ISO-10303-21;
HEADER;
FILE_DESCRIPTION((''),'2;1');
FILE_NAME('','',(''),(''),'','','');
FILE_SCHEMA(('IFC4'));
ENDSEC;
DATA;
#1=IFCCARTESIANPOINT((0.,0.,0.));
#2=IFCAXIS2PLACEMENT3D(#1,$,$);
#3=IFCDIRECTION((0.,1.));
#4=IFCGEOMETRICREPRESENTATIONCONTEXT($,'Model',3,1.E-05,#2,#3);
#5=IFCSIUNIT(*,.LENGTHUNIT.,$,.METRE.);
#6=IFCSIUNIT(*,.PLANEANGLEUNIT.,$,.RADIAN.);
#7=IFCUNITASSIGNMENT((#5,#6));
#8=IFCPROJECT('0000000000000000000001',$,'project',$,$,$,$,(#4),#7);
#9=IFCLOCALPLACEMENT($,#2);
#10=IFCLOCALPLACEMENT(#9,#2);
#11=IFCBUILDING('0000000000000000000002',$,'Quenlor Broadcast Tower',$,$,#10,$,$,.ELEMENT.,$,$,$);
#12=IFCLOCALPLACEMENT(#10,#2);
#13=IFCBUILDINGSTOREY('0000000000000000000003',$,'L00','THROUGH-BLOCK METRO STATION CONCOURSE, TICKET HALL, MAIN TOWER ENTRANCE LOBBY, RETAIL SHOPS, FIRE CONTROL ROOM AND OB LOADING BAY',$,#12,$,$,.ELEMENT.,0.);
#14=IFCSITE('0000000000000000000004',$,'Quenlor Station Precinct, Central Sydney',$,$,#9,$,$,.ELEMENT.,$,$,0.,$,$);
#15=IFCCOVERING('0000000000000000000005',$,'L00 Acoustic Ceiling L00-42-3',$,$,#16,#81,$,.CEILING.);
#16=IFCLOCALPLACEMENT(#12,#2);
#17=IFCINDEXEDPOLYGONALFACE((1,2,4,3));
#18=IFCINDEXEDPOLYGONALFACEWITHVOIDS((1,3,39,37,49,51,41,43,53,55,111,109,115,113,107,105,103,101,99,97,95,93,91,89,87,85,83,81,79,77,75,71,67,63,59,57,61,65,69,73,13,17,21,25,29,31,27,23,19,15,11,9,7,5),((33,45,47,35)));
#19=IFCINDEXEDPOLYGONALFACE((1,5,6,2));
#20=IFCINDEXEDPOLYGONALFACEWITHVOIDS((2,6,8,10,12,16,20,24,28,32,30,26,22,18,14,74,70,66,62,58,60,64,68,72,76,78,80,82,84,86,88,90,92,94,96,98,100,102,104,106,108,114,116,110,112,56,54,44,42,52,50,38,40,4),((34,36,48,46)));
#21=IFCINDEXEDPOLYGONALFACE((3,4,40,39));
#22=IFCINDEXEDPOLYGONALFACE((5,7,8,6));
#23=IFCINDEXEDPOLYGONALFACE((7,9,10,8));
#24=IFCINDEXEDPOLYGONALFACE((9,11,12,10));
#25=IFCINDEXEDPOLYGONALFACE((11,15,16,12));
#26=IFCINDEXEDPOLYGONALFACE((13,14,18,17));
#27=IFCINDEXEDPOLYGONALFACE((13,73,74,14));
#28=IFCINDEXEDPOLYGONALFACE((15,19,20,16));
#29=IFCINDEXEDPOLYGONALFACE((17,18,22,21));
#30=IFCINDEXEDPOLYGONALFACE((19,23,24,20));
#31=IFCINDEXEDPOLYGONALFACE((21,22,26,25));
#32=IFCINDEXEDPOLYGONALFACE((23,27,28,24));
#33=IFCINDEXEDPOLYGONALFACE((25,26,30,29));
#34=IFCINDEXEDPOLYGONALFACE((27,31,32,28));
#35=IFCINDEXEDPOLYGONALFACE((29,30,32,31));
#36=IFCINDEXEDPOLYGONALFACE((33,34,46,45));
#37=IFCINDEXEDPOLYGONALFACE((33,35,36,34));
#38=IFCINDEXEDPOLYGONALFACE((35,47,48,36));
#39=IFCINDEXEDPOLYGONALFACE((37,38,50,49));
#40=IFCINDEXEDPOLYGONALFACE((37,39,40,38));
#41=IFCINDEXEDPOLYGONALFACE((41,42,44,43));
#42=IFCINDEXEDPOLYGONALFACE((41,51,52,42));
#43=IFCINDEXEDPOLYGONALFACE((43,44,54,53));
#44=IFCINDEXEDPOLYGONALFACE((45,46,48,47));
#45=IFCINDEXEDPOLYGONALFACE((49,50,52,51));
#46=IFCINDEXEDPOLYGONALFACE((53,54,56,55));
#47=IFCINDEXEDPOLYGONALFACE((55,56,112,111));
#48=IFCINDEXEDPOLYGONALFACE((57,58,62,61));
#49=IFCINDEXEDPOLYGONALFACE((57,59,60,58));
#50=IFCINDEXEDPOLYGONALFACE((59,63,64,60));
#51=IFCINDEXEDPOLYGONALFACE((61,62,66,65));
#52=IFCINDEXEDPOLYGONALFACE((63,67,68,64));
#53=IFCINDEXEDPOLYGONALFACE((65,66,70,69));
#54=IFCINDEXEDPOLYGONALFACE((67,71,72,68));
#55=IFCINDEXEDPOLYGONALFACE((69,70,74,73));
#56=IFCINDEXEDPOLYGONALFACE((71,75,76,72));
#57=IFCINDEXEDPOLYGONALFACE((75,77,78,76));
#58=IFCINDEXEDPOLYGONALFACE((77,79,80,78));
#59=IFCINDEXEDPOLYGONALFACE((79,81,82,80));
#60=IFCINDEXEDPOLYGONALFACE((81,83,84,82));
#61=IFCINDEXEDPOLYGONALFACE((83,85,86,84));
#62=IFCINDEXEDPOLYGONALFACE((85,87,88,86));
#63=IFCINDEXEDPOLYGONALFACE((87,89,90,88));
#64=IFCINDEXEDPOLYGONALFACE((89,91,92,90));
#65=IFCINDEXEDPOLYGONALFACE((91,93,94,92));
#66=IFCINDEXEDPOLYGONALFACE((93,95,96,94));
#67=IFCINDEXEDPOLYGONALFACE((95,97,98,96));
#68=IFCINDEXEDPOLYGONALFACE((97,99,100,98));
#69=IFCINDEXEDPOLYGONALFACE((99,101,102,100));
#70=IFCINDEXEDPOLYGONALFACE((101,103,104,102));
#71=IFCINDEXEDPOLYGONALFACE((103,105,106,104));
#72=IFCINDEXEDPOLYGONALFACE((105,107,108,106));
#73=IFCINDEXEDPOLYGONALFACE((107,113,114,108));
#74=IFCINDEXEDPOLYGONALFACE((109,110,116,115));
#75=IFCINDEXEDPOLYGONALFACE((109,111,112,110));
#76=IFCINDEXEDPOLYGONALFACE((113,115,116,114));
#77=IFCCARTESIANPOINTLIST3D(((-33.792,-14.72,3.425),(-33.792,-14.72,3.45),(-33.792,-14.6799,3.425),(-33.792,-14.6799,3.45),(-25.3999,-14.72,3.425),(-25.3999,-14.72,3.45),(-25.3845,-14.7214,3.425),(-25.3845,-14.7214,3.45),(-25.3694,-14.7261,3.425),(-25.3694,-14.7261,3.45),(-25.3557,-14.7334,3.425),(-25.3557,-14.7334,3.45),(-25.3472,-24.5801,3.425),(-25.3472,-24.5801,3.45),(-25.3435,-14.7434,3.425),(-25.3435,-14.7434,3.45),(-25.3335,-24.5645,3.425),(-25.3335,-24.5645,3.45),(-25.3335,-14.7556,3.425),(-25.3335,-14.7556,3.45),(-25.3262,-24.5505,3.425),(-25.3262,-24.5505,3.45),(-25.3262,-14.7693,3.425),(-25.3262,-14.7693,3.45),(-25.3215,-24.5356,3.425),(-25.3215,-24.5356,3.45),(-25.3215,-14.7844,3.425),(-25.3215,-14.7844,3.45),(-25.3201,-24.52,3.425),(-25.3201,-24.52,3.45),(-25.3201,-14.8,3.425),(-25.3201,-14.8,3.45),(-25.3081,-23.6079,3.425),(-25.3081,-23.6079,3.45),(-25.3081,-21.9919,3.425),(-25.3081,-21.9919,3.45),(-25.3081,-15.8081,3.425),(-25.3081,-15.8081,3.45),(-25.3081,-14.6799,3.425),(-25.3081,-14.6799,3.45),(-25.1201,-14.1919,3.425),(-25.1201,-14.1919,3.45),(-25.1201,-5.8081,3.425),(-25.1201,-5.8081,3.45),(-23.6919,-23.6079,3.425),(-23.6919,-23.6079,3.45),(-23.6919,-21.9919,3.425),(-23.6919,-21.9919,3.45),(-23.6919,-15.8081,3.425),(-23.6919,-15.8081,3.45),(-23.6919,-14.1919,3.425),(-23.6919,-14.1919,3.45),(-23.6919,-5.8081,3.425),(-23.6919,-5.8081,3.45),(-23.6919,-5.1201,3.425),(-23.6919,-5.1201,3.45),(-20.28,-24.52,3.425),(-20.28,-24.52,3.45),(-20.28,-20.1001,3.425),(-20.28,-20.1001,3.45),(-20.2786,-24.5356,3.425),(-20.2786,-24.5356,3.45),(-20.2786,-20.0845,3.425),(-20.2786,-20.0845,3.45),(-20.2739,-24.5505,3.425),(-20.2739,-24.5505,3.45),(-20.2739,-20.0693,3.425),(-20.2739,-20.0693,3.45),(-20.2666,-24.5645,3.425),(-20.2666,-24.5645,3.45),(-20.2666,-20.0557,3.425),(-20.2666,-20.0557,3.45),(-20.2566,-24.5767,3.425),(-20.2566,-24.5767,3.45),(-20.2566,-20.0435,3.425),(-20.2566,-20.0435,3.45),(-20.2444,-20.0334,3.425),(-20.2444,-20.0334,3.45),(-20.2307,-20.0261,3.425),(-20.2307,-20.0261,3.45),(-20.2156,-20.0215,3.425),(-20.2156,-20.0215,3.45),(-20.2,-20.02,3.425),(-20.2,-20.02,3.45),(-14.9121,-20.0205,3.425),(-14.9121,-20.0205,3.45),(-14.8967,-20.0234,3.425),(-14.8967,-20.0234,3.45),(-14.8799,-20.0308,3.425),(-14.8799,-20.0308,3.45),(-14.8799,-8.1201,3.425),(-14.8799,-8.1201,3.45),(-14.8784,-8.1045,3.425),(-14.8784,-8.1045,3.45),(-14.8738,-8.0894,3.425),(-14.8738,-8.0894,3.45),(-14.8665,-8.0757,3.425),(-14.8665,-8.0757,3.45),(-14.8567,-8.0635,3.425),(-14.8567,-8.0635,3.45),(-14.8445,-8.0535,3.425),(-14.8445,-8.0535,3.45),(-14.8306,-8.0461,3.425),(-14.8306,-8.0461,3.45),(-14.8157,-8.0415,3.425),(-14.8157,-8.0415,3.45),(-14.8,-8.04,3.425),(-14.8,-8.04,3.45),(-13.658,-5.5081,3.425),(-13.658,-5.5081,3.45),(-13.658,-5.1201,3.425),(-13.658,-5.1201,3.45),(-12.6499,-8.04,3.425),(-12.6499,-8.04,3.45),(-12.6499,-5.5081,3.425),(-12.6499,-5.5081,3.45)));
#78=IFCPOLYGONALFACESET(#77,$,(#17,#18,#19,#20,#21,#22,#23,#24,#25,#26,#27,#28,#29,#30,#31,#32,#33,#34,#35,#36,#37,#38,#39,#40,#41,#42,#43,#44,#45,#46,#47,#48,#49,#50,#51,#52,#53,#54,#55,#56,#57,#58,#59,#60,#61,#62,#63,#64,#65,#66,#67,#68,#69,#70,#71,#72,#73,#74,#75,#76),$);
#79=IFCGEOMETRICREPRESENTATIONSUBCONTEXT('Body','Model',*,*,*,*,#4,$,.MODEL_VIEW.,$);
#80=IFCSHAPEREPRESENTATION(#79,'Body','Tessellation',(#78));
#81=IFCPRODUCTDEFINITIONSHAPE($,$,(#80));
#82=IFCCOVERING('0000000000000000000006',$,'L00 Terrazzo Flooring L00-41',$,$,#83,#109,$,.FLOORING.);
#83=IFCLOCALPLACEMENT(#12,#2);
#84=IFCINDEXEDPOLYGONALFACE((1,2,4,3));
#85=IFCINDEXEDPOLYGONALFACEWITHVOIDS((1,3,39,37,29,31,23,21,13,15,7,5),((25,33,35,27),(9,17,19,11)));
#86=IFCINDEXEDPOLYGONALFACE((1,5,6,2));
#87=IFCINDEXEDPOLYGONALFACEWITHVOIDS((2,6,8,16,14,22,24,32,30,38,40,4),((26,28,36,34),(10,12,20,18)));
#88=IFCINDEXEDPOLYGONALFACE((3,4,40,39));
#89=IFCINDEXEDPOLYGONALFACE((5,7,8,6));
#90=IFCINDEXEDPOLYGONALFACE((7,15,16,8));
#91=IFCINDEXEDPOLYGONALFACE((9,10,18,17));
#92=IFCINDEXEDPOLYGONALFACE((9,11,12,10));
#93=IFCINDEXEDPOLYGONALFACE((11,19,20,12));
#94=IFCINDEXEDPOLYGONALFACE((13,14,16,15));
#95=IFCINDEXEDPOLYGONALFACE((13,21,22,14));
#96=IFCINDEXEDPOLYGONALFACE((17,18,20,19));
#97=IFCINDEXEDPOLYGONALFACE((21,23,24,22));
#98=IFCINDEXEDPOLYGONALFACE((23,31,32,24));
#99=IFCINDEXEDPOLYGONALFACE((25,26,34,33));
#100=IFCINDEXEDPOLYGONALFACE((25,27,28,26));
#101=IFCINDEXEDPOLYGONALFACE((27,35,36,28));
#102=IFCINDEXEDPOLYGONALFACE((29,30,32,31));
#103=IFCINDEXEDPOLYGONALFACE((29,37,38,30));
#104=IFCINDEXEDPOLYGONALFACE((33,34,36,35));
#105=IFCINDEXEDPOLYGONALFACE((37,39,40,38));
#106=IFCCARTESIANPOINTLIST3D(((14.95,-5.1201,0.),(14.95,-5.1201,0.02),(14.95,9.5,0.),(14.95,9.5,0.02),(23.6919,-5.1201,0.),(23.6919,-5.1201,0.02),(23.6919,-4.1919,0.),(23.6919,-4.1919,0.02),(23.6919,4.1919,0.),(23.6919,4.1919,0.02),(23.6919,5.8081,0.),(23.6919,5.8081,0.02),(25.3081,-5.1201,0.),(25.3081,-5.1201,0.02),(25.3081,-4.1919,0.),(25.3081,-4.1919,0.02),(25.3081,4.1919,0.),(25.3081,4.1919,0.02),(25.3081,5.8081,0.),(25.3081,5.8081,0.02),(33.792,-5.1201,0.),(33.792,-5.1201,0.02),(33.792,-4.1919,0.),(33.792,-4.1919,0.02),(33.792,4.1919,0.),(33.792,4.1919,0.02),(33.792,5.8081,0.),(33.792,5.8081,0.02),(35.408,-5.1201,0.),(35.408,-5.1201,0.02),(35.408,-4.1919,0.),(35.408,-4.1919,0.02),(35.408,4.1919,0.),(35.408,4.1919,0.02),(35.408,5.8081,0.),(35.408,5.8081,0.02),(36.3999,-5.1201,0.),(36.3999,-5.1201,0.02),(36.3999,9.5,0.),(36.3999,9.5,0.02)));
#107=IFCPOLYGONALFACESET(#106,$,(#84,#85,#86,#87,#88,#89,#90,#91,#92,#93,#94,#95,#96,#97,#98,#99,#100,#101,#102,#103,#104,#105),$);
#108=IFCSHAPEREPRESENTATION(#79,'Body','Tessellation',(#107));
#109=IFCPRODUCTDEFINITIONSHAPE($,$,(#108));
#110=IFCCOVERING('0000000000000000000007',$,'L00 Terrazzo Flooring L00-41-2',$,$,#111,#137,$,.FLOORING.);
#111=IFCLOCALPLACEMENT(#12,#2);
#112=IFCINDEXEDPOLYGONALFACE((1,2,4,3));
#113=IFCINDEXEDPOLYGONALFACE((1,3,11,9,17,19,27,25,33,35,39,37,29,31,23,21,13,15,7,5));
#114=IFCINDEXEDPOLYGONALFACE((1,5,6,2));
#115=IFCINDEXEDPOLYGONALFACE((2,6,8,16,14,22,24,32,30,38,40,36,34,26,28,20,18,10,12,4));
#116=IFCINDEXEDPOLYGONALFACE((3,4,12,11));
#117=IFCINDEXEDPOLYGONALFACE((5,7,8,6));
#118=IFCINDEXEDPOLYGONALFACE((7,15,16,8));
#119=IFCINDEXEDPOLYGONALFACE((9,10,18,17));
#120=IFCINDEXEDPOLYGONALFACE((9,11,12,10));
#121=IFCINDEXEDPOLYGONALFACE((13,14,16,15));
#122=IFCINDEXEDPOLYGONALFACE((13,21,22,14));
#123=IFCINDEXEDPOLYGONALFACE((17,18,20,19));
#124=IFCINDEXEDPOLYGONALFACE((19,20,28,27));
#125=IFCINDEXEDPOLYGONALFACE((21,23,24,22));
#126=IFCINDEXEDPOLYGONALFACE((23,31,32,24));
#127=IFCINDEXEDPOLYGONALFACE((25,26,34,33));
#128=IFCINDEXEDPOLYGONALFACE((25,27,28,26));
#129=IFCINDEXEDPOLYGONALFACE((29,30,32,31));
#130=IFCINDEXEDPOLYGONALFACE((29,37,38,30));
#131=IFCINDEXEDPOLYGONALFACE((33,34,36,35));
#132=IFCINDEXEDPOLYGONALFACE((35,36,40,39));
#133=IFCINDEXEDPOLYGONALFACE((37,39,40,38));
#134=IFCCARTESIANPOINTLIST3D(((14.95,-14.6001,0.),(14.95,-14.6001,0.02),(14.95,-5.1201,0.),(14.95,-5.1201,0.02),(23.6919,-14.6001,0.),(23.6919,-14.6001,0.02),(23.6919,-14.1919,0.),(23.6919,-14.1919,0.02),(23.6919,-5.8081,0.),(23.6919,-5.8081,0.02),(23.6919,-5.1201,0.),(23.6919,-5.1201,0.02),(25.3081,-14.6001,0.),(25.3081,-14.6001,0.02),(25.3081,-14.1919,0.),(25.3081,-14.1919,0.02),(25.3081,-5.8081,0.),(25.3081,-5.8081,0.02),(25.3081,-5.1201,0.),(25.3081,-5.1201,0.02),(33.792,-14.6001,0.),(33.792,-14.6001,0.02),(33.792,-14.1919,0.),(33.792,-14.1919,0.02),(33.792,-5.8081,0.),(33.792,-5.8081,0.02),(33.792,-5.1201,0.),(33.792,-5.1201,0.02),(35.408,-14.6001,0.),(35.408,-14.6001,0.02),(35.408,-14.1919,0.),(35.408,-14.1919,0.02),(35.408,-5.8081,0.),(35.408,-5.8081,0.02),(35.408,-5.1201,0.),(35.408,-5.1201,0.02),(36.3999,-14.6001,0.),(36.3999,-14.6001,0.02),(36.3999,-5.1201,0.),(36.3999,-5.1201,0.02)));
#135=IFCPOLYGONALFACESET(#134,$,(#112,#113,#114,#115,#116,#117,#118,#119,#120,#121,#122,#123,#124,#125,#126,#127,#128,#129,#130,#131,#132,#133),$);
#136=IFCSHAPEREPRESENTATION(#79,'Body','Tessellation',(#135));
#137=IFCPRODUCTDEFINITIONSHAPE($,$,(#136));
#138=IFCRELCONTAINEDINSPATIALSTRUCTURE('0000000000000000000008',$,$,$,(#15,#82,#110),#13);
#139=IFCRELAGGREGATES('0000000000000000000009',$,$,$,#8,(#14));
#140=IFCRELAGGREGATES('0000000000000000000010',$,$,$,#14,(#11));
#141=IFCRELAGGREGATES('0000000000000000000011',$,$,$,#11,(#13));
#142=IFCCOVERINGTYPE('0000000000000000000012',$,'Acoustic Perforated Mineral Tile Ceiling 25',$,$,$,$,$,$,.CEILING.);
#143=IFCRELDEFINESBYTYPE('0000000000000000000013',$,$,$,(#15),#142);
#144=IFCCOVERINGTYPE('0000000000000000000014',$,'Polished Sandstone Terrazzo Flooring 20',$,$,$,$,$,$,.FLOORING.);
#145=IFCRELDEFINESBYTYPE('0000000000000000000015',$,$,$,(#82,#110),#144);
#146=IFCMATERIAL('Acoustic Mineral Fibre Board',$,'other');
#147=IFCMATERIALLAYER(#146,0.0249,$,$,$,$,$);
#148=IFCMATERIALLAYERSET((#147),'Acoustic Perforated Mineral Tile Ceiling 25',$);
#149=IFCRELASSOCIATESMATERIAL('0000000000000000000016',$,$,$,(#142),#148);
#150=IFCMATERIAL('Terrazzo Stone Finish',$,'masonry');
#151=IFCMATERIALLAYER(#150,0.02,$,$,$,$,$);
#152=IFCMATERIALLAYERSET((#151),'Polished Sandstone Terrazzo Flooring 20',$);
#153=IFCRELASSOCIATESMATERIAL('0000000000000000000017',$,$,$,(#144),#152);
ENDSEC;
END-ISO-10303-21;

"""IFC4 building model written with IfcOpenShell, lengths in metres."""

from ifc_helpers import new_model, si_unit, direction, frame, origin, place, context, subcontext, project, spatial, polyline, outline, extrude, material, layer, layer_set, type_object, element, save


model = new_model("IFC4")

# Units and contexts
model_context = context("Model", 3, precision=1e-05, world=origin(), true_north=direction((0.0, 1.0)))
body_context = subcontext(model_context, "Body", "Model", "MODEL_VIEW")
ifc_project = project(units=[si_unit("LENGTHUNIT", "METRE"), si_unit("PLANEANGLEUNIT", "RADIAN")], contexts=[model_context])

# Site, building, storey
site_placement = place(None, origin())
site = spatial("IfcSite", under=ifc_project, at=site_placement, Name="Quenlor Station Precinct, Central Sydney", CompositionType="ELEMENT", RefElevation=0.0)
building_placement = place(site_placement, origin())
building = spatial("IfcBuilding", under=site, at=building_placement, Name="Quenlor Broadcast Tower", CompositionType="ELEMENT")
storey_placement = place(building_placement, origin())
storey = spatial("IfcBuildingStorey", under=building, at=storey_placement, Name="L00", Description="THROUGH-BLOCK METRO STATION CONCOURSE, TICKET HALL, MAIN TOWER ENTRANCE LOBBY, RETAIL SHOPS, FIRE CONTROL ROOM AND OB LOADING BAY", CompositionType="ELEMENT", Elevation=0.0)

# Coverings
ifc_material_1 = material(Name="Acoustic Mineral Fibre Board", Category="other")
ifc_layer_1 = layer(ifc_material_1, 0.0249)
ifc_layer_set_1 = layer_set([ifc_layer_1], Name="Acoustic Perforated Mineral Tile Ceiling 25")
covering_type_1 = type_object("IfcCoveringType", Name="Acoustic Perforated Mineral Tile Ceiling 25", PredefinedType="CEILING", material=ifc_layer_set_1)
covering_1_placement = place(storey_placement, frame((0.0, 0.0, 3.425)))
element("IfcCovering", 1, at=covering_1_placement, inside=storey, type_object=covering_type_1, Name="L00 Acoustic Ceiling L00-42-3", PredefinedType="CEILING", context=body_context, shape_type="SweptSolid", body=[
    extrude(outline(polyline([(-13.658, -5.5081), (-12.6499, -5.5081), (-12.6499, -8.04), (-14.8, -8.04), (-14.8157, -8.0415), (-14.8306, -8.0461), (-14.8445, -8.0535), (-14.8567, -8.0635), (-14.8665, -8.0757), (-14.8738, -8.0894), (-14.8784, -8.1045), (-14.8799, -8.1201), (-14.8799, -20.0308), (-14.8967, -20.0234), (-14.9121, -20.0205), (-20.2, -20.02), (-20.2156, -20.0215), (-20.2307, -20.0261), (-20.2444, -20.0334), (-20.2566, -20.0435), (-20.2666, -20.0557), (-20.2739, -20.0693), (-20.2786, -20.0845), (-20.28, -20.1001), (-20.28, -24.52), (-20.2786, -24.5356), (-20.2739, -24.5505), (-20.2666, -24.5645), (-20.2566, -24.5767), (-25.3472, -24.5801), (-25.3335, -24.5645), (-25.3262, -24.5505), (-25.3215, -24.5356), (-25.3201, -24.52), (-25.3201, -14.8), (-25.3215, -14.7844), (-25.3262, -14.7693), (-25.3335, -14.7556), (-25.3435, -14.7434), (-25.3557, -14.7334), (-25.3694, -14.7261), (-25.3845, -14.7214), (-25.3999, -14.72), (-33.792, -14.72), (-33.792, -14.6799), (-25.3081, -14.6799), (-25.3081, -15.8081), (-23.6919, -15.8081), (-23.6919, -14.1919), (-25.1201, -14.1919), (-25.1201, -5.8081), (-23.6919, -5.8081), (-23.6919, -5.1201), (-13.658, -5.1201), (-13.658, -5.5081)]), holes=[polyline([(-23.6919, -23.6079), (-23.6919, -21.9919), (-25.3081, -21.9919), (-25.3081, -23.6079), (-23.6919, -23.6079)])]), origin(), (0.0, 0.0, 1.0), 0.0249),
])
ifc_material_2 = material(Name="Terrazzo Stone Finish", Category="masonry")
ifc_layer_2 = layer(ifc_material_2, 0.02)
ifc_layer_set_2 = layer_set([ifc_layer_2], Name="Polished Sandstone Terrazzo Flooring 20")
covering_type_2 = type_object("IfcCoveringType", Name="Polished Sandstone Terrazzo Flooring 20", PredefinedType="FLOORING", material=ifc_layer_set_2)
covering_2_placement = place(storey_placement, origin())
element("IfcCovering", 2, at=covering_2_placement, inside=storey, type_object=covering_type_2, Name="L00 Terrazzo Flooring L00-41", PredefinedType="FLOORING", context=body_context, shape_type="SweptSolid", body=[
    extrude(outline(polyline([(36.3999, -5.1201), (35.408, -5.1201), (35.408, -4.1919), (33.792, -4.1919), (33.792, -5.1201), (25.3081, -5.1201), (25.3081, -4.1919), (23.6919, -4.1919), (23.6919, -5.1201), (14.95, -5.1201), (14.95, 9.5), (36.3999, 9.5), (36.3999, -5.1201)]), holes=[polyline([(25.3081, 4.1919), (25.3081, 5.8081), (23.6919, 5.8081), (23.6919, 4.1919), (25.3081, 4.1919)]), polyline([(35.408, 4.1919), (35.408, 5.8081), (33.792, 5.8081), (33.792, 4.1919), (35.408, 4.1919)])]), origin(), (0.0, 0.0, 1.0), 0.02),
])
covering_3_placement = place(storey_placement, origin())
element("IfcCovering", 3, at=covering_3_placement, inside=storey, type_object=covering_type_2, Name="L00 Terrazzo Flooring L00-41-2", PredefinedType="FLOORING", context=body_context, shape_type="SweptSolid", body=[
    extrude(outline(polyline([(36.3999, -14.6001), (35.408, -14.6001), (35.408, -14.1919), (33.792, -14.1919), (33.792, -14.6001), (25.3081, -14.6001), (25.3081, -14.1919), (23.6919, -14.1919), (23.6919, -14.6001), (14.95, -14.6001), (14.95, -5.1201), (23.6919, -5.1201), (23.6919, -5.8081), (25.3081, -5.8081), (25.3081, -5.1201), (33.792, -5.1201), (33.792, -5.8081), (35.408, -5.8081), (35.408, -5.1201), (36.3999, -5.1201), (36.3999, -14.6001)])), origin(), (0.0, 0.0, 1.0), 0.02),
])

save(model, "model.ifc")
